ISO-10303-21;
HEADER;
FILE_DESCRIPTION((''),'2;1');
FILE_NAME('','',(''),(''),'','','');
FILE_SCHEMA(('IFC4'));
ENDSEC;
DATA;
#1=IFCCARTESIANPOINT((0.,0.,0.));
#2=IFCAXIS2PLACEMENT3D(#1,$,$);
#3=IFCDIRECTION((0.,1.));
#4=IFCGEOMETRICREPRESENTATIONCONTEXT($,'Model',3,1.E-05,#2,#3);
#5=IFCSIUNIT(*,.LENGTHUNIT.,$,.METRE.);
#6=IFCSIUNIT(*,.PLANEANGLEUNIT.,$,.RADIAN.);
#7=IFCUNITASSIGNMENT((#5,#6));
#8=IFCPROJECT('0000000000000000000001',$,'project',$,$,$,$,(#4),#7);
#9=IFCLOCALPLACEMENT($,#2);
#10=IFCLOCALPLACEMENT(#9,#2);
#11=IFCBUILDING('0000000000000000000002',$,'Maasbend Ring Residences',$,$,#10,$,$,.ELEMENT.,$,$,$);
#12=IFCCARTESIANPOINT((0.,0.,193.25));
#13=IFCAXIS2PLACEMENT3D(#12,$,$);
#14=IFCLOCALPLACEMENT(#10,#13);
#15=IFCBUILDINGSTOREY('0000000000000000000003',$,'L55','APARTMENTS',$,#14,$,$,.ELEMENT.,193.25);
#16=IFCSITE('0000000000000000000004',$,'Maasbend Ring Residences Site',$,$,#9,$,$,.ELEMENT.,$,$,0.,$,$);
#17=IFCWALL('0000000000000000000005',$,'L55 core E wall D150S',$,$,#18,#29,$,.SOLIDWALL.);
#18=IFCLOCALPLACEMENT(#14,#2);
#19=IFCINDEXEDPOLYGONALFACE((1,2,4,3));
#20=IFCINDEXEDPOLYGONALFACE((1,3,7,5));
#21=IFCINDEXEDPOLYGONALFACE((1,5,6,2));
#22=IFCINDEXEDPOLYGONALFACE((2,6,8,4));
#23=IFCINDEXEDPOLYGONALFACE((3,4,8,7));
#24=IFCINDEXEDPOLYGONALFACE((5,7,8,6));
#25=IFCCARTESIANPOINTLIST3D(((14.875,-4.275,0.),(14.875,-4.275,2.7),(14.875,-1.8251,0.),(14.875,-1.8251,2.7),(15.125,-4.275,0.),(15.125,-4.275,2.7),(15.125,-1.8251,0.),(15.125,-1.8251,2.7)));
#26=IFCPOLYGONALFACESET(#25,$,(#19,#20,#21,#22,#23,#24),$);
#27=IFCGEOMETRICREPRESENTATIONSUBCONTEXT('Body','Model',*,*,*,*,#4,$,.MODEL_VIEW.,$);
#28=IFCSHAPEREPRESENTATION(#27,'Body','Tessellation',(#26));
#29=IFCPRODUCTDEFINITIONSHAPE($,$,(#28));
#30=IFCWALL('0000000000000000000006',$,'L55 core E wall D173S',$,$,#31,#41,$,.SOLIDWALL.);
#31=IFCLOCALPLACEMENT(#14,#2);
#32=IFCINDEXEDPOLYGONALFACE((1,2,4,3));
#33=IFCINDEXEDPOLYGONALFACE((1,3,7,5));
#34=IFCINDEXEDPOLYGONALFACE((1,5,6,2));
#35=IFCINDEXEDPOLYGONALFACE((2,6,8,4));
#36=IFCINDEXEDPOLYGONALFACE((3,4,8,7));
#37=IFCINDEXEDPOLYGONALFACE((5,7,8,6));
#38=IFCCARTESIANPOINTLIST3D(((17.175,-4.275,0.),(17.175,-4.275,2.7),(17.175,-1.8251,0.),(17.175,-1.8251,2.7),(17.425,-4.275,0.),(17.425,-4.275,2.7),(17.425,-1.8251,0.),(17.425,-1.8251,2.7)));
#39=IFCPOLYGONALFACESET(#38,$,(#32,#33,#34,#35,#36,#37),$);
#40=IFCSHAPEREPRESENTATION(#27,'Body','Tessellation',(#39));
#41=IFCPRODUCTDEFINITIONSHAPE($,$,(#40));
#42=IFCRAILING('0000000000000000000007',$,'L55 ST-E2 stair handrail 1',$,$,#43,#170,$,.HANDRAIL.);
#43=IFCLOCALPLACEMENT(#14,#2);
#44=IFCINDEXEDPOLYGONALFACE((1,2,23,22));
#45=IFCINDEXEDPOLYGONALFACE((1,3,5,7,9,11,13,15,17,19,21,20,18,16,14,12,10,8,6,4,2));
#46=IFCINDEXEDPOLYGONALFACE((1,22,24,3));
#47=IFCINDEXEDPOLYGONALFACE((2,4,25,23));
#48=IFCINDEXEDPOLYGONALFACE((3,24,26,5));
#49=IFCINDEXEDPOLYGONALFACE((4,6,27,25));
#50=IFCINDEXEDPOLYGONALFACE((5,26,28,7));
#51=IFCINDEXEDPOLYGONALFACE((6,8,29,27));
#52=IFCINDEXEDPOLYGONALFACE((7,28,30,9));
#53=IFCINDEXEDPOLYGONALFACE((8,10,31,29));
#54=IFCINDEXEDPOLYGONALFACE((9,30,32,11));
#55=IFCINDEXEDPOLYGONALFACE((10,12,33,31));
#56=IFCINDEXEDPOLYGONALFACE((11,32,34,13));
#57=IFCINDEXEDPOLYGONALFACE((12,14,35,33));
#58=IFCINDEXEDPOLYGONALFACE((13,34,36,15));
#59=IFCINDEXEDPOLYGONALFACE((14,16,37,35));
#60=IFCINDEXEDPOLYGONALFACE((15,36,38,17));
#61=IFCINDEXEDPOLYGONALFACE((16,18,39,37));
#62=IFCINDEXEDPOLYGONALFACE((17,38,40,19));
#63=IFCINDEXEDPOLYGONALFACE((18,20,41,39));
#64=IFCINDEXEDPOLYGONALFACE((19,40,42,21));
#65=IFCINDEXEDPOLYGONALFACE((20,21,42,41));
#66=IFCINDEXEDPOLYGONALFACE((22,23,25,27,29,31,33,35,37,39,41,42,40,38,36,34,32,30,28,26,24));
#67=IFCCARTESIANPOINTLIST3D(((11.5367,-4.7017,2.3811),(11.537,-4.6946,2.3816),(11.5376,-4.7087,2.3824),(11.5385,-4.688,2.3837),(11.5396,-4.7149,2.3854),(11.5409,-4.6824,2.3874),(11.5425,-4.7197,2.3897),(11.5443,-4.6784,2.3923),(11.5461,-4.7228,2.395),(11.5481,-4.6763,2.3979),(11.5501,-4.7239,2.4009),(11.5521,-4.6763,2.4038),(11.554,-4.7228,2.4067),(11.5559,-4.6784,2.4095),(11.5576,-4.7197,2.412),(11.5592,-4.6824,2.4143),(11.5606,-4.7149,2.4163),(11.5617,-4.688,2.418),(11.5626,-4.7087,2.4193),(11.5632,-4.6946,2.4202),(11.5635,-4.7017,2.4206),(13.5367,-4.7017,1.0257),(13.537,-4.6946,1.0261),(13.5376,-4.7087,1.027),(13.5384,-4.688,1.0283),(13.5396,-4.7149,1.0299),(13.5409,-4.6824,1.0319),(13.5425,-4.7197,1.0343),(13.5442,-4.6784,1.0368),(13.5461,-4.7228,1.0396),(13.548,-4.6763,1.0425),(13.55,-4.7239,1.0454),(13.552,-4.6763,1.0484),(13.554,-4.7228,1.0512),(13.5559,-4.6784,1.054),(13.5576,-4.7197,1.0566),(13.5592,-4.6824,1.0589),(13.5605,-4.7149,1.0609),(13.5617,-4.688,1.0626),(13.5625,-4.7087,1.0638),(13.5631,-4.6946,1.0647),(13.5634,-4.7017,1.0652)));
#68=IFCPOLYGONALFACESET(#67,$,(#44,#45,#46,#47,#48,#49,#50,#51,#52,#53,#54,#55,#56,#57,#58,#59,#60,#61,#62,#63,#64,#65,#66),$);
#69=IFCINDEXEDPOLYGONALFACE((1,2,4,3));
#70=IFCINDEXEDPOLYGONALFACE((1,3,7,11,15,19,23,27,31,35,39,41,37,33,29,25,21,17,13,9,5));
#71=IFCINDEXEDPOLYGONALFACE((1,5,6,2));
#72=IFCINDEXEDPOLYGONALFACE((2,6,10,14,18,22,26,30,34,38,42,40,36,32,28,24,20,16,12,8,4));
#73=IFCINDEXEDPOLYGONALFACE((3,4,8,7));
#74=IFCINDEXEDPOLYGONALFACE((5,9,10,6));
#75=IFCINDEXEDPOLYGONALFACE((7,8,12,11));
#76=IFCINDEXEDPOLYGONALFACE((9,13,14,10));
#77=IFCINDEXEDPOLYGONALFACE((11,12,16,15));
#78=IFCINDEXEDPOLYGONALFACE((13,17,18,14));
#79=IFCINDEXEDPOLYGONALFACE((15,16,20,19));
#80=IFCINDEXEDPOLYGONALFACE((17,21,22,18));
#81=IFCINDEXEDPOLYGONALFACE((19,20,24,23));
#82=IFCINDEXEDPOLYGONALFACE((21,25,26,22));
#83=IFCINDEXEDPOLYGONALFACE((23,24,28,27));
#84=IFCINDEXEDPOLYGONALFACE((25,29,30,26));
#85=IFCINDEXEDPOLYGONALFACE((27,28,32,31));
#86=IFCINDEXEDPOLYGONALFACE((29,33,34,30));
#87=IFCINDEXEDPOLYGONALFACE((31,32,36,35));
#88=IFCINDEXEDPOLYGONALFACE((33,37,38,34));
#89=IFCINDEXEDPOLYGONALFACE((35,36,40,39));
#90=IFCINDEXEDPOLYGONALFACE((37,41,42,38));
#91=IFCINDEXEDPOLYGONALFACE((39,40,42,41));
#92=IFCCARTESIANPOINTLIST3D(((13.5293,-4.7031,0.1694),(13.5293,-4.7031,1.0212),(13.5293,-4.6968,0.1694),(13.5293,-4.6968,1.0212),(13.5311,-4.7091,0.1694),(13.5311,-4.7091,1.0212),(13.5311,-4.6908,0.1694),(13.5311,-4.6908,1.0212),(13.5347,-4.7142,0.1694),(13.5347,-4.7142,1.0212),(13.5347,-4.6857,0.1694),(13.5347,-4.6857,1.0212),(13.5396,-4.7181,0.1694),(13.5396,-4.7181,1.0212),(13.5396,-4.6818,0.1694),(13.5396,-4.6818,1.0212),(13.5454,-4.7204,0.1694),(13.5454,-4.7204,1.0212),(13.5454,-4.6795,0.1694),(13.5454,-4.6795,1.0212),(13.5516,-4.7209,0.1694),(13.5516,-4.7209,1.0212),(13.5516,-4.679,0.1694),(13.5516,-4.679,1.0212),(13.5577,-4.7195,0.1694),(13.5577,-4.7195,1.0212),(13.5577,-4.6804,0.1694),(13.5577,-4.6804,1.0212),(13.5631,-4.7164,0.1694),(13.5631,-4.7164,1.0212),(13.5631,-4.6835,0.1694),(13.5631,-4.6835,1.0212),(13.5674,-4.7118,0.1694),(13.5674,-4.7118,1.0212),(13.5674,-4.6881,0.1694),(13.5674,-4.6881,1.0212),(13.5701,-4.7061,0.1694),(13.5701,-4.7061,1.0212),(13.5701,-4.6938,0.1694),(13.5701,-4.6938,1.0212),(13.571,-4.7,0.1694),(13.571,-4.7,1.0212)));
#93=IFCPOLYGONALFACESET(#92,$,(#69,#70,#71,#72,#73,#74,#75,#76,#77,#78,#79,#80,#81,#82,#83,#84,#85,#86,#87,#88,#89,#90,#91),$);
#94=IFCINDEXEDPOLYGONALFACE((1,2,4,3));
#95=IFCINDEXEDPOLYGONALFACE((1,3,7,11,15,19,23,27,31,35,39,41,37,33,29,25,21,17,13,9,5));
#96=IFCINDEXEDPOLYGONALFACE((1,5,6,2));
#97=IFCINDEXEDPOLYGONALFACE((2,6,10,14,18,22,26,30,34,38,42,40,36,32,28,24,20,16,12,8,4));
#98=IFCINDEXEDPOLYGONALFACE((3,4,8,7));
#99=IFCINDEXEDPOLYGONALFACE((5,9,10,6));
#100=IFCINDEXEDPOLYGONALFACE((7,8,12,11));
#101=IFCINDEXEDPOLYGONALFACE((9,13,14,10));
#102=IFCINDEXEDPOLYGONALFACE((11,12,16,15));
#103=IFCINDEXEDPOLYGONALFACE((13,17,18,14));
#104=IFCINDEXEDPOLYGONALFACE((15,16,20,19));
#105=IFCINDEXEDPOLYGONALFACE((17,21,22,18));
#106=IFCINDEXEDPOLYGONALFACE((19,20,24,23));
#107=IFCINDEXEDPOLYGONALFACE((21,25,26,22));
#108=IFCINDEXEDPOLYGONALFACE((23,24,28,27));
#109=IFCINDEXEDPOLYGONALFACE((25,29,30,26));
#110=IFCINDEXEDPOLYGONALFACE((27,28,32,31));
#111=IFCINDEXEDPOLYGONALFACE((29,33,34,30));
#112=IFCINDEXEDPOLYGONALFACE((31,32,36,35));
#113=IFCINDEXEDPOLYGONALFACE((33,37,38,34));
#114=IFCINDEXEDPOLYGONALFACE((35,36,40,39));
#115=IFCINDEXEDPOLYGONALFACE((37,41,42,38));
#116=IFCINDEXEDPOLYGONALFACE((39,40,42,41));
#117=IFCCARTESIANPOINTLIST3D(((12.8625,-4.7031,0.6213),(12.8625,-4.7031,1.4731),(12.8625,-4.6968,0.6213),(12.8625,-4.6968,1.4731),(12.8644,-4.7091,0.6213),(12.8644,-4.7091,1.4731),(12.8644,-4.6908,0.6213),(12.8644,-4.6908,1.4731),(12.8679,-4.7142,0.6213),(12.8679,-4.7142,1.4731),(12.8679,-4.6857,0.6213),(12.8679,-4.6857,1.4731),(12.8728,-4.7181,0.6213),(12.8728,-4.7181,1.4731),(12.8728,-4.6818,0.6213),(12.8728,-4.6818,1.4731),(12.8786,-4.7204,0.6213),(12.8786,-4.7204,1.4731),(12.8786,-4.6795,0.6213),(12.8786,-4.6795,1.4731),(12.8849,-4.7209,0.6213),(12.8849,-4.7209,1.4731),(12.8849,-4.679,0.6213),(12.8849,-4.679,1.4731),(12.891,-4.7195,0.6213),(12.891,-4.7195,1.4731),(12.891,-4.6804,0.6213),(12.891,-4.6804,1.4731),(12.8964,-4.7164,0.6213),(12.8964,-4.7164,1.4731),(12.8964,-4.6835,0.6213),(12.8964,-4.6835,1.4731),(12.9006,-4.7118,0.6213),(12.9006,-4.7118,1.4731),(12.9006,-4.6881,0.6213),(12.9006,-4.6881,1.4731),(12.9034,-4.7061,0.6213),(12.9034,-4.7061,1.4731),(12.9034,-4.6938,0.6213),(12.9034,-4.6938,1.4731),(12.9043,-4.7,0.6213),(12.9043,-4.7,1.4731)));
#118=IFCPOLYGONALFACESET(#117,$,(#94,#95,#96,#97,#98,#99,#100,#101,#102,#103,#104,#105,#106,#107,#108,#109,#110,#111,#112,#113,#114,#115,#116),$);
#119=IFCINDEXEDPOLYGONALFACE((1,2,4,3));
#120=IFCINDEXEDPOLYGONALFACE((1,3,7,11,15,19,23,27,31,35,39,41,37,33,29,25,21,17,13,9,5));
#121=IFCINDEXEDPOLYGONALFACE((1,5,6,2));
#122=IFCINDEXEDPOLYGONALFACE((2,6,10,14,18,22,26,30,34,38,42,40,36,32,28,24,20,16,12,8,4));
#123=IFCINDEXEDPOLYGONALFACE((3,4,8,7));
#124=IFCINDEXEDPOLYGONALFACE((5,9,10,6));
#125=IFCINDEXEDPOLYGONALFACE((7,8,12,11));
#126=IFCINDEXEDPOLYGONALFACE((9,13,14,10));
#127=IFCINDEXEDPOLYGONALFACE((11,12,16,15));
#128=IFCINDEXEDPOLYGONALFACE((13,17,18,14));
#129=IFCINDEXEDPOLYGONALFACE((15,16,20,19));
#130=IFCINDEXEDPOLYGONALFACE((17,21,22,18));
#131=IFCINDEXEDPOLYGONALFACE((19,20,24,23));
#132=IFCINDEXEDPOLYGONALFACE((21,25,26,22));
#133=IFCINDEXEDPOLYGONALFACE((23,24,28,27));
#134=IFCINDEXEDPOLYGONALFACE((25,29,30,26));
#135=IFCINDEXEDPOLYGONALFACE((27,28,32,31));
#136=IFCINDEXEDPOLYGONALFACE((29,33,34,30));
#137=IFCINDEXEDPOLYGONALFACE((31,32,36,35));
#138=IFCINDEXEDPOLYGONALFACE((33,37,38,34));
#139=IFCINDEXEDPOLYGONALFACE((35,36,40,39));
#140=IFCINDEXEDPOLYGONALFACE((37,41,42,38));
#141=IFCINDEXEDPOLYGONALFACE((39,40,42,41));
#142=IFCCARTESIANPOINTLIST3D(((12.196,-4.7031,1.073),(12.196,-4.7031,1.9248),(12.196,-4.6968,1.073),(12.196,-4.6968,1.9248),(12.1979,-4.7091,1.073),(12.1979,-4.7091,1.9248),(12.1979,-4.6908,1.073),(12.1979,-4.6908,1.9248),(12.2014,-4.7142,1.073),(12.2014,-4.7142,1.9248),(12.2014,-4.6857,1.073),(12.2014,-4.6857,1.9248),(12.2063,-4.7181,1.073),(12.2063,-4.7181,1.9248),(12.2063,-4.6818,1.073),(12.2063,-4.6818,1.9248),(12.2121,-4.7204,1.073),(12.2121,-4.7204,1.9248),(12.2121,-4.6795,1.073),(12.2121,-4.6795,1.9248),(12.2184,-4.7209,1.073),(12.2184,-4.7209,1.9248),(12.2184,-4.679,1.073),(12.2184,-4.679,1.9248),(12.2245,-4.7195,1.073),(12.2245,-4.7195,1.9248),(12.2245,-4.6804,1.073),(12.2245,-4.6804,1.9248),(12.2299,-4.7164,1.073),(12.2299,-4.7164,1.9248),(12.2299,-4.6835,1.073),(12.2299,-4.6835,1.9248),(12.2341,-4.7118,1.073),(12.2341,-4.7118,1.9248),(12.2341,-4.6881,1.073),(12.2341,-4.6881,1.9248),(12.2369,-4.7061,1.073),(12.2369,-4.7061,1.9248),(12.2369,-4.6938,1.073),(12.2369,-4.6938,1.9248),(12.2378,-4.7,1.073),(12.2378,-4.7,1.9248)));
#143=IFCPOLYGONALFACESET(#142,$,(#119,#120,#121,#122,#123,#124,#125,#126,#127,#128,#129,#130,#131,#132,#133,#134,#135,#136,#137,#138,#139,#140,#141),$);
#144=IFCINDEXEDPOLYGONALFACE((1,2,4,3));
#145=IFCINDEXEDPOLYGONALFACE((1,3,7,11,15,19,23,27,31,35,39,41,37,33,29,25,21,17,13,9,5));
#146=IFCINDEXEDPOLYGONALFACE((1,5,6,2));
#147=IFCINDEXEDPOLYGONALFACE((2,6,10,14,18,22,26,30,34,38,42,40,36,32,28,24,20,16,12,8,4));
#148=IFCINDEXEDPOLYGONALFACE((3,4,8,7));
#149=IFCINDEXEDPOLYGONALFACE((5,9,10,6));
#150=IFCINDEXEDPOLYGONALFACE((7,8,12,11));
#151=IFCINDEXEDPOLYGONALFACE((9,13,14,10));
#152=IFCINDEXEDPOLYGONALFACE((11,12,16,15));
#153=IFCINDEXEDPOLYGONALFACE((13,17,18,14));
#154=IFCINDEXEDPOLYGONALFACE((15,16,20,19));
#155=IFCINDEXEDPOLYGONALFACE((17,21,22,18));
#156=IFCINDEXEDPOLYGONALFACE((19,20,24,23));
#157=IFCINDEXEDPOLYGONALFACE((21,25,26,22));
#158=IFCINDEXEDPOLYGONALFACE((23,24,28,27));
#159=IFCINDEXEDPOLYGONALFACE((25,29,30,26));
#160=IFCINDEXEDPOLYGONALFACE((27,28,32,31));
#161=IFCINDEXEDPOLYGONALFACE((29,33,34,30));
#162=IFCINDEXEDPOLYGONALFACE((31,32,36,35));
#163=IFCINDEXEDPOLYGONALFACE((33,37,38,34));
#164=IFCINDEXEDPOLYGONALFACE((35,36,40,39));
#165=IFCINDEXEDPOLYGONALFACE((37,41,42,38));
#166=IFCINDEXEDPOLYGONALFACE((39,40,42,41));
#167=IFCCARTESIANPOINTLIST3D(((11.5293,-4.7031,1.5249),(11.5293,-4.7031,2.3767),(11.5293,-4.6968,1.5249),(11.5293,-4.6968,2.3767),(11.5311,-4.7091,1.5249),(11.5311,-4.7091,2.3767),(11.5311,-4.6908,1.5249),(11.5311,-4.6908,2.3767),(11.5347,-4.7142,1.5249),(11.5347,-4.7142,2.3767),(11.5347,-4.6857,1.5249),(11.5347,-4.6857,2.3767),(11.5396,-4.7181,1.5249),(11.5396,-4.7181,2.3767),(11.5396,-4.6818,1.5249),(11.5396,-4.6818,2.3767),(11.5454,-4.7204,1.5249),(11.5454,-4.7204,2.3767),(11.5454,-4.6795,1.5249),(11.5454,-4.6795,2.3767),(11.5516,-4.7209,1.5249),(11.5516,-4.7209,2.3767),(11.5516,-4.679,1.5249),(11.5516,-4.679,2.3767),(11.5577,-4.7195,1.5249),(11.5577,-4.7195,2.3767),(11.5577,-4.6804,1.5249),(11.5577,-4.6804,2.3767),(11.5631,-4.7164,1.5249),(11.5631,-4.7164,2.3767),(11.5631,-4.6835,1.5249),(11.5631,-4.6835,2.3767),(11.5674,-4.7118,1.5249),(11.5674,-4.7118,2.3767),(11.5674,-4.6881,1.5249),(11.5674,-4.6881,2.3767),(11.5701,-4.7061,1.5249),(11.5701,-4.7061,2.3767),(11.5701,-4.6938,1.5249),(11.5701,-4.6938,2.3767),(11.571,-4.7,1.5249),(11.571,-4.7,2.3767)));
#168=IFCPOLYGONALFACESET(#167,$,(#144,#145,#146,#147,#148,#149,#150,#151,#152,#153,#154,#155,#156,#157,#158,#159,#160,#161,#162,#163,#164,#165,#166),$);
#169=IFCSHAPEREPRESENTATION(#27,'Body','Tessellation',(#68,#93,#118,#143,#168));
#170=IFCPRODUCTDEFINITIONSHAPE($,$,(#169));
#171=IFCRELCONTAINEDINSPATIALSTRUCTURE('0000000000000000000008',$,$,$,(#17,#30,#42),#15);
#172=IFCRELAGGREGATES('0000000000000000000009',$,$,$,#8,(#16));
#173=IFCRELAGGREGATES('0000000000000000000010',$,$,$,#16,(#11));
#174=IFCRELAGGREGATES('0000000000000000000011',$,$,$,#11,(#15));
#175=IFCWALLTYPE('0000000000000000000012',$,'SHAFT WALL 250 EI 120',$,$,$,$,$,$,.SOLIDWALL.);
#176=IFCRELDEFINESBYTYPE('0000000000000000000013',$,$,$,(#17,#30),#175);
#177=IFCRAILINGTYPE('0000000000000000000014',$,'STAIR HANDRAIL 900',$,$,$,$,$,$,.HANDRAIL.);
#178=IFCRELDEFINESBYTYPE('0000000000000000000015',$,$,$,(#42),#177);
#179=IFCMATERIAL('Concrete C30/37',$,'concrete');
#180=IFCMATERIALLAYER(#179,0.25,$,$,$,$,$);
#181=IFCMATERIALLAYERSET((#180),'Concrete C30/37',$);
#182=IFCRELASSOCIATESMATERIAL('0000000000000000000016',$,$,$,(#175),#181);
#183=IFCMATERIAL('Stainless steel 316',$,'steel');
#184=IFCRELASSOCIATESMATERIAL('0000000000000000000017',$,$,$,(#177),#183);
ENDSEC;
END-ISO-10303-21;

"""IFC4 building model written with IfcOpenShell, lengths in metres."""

from ifc_helpers import new_model, si_unit, direction, frame, frame_2d, origin, origin_2d, place, context, subcontext, project, spatial, rectangle, circle, extrude, material, layer, layer_set, type_object, element, save


model = new_model("IFC4")

# Units and contexts
model_context = context("Model", 3, precision=1e-05, world=origin(), true_north=direction((0.0, 1.0)))
body_context = subcontext(model_context, "Body", "Model", "MODEL_VIEW")
ifc_project = project(units=[si_unit("LENGTHUNIT", "METRE"), si_unit("PLANEANGLEUNIT", "RADIAN")], contexts=[model_context])

# Site, building, storey
site_placement = place(None, origin())
site = spatial("IfcSite", under=ifc_project, at=site_placement, Name="Maasbend Ring Residences Site", CompositionType="ELEMENT", RefElevation=0.0)
building_placement = place(site_placement, origin())
building = spatial("IfcBuilding", under=site, at=building_placement, Name="Maasbend Ring Residences", CompositionType="ELEMENT")
storey_placement = place(building_placement, frame((0.0, 0.0, 193.25)))
storey = spatial("IfcBuildingStorey", under=building, at=storey_placement, Name="L55", Description="APARTMENTS", CompositionType="ELEMENT", Elevation=193.25)

# Walls
ifc_material_1 = material(Name="Concrete C30/37", Category="concrete")
ifc_layer_1 = layer(ifc_material_1, 0.25)
ifc_layer_set_1 = layer_set([ifc_layer_1], Name="Concrete C30/37")
wall_type_1 = type_object("IfcWallType", Name="SHAFT WALL 250 EI 120", PredefinedType="SOLIDWALL", material=ifc_layer_set_1)
for number, where, z_axis, x_axis, name in (
    (1, (15.0, -1.825, 0.0), (0.0, 0.0, 1.0), (0.0, -1.0, 0.0), "L55 core E wall D150S"),
    (2, (17.3, -1.825, 0.0), (0.0, 0.0, 1.0), (0.0, -1.0, 0.0), "L55 core E wall D173S"),
):
    element("IfcWall", number, at=place(storey_placement, frame(where, z_axis=z_axis, x_axis=x_axis)), inside=storey, type_object=wall_type_1, Name=name, PredefinedType="SOLIDWALL", context=body_context, shape_type="SweptSolid", body=[
        extrude(rectangle(XDim=2.45, YDim=0.25, at=frame_2d((1.2251, 0.0))), origin(), (0.0, 0.0, 1.0), 2.7),
    ])

# Railing
ifc_material_2 = material(Name="Stainless steel 316", Category="steel")
railing_type_1 = type_object("IfcRailingType", Name="STAIR HANDRAIL 900", PredefinedType="HANDRAIL", material=ifc_material_2)
railing_1_placement = place(storey_placement, frame((13.55, -4.7, 0.1694)))
element("IfcRailing", 3, at=railing_1_placement, inside=storey, type_object=railing_type_1, Name="L55 ST-E2 stair handrail 1", PredefinedType="HANDRAIL", context=body_context, shape_type="SweptSolid", body=[
    extrude(circle(Radius=0.0239, at=origin_2d()), frame((0.0, 0.0, 0.876), z_axis=(-0.827798, 0.0, 0.561027), x_axis=(0.0, -1.0, 0.0)), (0.0, 0.0, 1.0), 2.416),
    extrude(circle(Radius=0.021, at=origin_2d()), origin(), (0.0, 0.0, 1.0), 0.8518),
    extrude(circle(Radius=0.021, at=origin_2d()), frame((-0.6667, 0.0, 0.4519)), (0.0, 0.0, 1.0), 0.8518),
    extrude(circle(Radius=0.021, at=origin_2d()), frame((-1.3333, 0.0, 0.9036)), (0.0, 0.0, 1.0), 0.8518),
    extrude(circle(Radius=0.021, at=origin_2d()), frame((-2.0, 0.0, 1.3555)), (0.0, 0.0, 1.0), 0.8518),
])

save(model, "model.ifc")
